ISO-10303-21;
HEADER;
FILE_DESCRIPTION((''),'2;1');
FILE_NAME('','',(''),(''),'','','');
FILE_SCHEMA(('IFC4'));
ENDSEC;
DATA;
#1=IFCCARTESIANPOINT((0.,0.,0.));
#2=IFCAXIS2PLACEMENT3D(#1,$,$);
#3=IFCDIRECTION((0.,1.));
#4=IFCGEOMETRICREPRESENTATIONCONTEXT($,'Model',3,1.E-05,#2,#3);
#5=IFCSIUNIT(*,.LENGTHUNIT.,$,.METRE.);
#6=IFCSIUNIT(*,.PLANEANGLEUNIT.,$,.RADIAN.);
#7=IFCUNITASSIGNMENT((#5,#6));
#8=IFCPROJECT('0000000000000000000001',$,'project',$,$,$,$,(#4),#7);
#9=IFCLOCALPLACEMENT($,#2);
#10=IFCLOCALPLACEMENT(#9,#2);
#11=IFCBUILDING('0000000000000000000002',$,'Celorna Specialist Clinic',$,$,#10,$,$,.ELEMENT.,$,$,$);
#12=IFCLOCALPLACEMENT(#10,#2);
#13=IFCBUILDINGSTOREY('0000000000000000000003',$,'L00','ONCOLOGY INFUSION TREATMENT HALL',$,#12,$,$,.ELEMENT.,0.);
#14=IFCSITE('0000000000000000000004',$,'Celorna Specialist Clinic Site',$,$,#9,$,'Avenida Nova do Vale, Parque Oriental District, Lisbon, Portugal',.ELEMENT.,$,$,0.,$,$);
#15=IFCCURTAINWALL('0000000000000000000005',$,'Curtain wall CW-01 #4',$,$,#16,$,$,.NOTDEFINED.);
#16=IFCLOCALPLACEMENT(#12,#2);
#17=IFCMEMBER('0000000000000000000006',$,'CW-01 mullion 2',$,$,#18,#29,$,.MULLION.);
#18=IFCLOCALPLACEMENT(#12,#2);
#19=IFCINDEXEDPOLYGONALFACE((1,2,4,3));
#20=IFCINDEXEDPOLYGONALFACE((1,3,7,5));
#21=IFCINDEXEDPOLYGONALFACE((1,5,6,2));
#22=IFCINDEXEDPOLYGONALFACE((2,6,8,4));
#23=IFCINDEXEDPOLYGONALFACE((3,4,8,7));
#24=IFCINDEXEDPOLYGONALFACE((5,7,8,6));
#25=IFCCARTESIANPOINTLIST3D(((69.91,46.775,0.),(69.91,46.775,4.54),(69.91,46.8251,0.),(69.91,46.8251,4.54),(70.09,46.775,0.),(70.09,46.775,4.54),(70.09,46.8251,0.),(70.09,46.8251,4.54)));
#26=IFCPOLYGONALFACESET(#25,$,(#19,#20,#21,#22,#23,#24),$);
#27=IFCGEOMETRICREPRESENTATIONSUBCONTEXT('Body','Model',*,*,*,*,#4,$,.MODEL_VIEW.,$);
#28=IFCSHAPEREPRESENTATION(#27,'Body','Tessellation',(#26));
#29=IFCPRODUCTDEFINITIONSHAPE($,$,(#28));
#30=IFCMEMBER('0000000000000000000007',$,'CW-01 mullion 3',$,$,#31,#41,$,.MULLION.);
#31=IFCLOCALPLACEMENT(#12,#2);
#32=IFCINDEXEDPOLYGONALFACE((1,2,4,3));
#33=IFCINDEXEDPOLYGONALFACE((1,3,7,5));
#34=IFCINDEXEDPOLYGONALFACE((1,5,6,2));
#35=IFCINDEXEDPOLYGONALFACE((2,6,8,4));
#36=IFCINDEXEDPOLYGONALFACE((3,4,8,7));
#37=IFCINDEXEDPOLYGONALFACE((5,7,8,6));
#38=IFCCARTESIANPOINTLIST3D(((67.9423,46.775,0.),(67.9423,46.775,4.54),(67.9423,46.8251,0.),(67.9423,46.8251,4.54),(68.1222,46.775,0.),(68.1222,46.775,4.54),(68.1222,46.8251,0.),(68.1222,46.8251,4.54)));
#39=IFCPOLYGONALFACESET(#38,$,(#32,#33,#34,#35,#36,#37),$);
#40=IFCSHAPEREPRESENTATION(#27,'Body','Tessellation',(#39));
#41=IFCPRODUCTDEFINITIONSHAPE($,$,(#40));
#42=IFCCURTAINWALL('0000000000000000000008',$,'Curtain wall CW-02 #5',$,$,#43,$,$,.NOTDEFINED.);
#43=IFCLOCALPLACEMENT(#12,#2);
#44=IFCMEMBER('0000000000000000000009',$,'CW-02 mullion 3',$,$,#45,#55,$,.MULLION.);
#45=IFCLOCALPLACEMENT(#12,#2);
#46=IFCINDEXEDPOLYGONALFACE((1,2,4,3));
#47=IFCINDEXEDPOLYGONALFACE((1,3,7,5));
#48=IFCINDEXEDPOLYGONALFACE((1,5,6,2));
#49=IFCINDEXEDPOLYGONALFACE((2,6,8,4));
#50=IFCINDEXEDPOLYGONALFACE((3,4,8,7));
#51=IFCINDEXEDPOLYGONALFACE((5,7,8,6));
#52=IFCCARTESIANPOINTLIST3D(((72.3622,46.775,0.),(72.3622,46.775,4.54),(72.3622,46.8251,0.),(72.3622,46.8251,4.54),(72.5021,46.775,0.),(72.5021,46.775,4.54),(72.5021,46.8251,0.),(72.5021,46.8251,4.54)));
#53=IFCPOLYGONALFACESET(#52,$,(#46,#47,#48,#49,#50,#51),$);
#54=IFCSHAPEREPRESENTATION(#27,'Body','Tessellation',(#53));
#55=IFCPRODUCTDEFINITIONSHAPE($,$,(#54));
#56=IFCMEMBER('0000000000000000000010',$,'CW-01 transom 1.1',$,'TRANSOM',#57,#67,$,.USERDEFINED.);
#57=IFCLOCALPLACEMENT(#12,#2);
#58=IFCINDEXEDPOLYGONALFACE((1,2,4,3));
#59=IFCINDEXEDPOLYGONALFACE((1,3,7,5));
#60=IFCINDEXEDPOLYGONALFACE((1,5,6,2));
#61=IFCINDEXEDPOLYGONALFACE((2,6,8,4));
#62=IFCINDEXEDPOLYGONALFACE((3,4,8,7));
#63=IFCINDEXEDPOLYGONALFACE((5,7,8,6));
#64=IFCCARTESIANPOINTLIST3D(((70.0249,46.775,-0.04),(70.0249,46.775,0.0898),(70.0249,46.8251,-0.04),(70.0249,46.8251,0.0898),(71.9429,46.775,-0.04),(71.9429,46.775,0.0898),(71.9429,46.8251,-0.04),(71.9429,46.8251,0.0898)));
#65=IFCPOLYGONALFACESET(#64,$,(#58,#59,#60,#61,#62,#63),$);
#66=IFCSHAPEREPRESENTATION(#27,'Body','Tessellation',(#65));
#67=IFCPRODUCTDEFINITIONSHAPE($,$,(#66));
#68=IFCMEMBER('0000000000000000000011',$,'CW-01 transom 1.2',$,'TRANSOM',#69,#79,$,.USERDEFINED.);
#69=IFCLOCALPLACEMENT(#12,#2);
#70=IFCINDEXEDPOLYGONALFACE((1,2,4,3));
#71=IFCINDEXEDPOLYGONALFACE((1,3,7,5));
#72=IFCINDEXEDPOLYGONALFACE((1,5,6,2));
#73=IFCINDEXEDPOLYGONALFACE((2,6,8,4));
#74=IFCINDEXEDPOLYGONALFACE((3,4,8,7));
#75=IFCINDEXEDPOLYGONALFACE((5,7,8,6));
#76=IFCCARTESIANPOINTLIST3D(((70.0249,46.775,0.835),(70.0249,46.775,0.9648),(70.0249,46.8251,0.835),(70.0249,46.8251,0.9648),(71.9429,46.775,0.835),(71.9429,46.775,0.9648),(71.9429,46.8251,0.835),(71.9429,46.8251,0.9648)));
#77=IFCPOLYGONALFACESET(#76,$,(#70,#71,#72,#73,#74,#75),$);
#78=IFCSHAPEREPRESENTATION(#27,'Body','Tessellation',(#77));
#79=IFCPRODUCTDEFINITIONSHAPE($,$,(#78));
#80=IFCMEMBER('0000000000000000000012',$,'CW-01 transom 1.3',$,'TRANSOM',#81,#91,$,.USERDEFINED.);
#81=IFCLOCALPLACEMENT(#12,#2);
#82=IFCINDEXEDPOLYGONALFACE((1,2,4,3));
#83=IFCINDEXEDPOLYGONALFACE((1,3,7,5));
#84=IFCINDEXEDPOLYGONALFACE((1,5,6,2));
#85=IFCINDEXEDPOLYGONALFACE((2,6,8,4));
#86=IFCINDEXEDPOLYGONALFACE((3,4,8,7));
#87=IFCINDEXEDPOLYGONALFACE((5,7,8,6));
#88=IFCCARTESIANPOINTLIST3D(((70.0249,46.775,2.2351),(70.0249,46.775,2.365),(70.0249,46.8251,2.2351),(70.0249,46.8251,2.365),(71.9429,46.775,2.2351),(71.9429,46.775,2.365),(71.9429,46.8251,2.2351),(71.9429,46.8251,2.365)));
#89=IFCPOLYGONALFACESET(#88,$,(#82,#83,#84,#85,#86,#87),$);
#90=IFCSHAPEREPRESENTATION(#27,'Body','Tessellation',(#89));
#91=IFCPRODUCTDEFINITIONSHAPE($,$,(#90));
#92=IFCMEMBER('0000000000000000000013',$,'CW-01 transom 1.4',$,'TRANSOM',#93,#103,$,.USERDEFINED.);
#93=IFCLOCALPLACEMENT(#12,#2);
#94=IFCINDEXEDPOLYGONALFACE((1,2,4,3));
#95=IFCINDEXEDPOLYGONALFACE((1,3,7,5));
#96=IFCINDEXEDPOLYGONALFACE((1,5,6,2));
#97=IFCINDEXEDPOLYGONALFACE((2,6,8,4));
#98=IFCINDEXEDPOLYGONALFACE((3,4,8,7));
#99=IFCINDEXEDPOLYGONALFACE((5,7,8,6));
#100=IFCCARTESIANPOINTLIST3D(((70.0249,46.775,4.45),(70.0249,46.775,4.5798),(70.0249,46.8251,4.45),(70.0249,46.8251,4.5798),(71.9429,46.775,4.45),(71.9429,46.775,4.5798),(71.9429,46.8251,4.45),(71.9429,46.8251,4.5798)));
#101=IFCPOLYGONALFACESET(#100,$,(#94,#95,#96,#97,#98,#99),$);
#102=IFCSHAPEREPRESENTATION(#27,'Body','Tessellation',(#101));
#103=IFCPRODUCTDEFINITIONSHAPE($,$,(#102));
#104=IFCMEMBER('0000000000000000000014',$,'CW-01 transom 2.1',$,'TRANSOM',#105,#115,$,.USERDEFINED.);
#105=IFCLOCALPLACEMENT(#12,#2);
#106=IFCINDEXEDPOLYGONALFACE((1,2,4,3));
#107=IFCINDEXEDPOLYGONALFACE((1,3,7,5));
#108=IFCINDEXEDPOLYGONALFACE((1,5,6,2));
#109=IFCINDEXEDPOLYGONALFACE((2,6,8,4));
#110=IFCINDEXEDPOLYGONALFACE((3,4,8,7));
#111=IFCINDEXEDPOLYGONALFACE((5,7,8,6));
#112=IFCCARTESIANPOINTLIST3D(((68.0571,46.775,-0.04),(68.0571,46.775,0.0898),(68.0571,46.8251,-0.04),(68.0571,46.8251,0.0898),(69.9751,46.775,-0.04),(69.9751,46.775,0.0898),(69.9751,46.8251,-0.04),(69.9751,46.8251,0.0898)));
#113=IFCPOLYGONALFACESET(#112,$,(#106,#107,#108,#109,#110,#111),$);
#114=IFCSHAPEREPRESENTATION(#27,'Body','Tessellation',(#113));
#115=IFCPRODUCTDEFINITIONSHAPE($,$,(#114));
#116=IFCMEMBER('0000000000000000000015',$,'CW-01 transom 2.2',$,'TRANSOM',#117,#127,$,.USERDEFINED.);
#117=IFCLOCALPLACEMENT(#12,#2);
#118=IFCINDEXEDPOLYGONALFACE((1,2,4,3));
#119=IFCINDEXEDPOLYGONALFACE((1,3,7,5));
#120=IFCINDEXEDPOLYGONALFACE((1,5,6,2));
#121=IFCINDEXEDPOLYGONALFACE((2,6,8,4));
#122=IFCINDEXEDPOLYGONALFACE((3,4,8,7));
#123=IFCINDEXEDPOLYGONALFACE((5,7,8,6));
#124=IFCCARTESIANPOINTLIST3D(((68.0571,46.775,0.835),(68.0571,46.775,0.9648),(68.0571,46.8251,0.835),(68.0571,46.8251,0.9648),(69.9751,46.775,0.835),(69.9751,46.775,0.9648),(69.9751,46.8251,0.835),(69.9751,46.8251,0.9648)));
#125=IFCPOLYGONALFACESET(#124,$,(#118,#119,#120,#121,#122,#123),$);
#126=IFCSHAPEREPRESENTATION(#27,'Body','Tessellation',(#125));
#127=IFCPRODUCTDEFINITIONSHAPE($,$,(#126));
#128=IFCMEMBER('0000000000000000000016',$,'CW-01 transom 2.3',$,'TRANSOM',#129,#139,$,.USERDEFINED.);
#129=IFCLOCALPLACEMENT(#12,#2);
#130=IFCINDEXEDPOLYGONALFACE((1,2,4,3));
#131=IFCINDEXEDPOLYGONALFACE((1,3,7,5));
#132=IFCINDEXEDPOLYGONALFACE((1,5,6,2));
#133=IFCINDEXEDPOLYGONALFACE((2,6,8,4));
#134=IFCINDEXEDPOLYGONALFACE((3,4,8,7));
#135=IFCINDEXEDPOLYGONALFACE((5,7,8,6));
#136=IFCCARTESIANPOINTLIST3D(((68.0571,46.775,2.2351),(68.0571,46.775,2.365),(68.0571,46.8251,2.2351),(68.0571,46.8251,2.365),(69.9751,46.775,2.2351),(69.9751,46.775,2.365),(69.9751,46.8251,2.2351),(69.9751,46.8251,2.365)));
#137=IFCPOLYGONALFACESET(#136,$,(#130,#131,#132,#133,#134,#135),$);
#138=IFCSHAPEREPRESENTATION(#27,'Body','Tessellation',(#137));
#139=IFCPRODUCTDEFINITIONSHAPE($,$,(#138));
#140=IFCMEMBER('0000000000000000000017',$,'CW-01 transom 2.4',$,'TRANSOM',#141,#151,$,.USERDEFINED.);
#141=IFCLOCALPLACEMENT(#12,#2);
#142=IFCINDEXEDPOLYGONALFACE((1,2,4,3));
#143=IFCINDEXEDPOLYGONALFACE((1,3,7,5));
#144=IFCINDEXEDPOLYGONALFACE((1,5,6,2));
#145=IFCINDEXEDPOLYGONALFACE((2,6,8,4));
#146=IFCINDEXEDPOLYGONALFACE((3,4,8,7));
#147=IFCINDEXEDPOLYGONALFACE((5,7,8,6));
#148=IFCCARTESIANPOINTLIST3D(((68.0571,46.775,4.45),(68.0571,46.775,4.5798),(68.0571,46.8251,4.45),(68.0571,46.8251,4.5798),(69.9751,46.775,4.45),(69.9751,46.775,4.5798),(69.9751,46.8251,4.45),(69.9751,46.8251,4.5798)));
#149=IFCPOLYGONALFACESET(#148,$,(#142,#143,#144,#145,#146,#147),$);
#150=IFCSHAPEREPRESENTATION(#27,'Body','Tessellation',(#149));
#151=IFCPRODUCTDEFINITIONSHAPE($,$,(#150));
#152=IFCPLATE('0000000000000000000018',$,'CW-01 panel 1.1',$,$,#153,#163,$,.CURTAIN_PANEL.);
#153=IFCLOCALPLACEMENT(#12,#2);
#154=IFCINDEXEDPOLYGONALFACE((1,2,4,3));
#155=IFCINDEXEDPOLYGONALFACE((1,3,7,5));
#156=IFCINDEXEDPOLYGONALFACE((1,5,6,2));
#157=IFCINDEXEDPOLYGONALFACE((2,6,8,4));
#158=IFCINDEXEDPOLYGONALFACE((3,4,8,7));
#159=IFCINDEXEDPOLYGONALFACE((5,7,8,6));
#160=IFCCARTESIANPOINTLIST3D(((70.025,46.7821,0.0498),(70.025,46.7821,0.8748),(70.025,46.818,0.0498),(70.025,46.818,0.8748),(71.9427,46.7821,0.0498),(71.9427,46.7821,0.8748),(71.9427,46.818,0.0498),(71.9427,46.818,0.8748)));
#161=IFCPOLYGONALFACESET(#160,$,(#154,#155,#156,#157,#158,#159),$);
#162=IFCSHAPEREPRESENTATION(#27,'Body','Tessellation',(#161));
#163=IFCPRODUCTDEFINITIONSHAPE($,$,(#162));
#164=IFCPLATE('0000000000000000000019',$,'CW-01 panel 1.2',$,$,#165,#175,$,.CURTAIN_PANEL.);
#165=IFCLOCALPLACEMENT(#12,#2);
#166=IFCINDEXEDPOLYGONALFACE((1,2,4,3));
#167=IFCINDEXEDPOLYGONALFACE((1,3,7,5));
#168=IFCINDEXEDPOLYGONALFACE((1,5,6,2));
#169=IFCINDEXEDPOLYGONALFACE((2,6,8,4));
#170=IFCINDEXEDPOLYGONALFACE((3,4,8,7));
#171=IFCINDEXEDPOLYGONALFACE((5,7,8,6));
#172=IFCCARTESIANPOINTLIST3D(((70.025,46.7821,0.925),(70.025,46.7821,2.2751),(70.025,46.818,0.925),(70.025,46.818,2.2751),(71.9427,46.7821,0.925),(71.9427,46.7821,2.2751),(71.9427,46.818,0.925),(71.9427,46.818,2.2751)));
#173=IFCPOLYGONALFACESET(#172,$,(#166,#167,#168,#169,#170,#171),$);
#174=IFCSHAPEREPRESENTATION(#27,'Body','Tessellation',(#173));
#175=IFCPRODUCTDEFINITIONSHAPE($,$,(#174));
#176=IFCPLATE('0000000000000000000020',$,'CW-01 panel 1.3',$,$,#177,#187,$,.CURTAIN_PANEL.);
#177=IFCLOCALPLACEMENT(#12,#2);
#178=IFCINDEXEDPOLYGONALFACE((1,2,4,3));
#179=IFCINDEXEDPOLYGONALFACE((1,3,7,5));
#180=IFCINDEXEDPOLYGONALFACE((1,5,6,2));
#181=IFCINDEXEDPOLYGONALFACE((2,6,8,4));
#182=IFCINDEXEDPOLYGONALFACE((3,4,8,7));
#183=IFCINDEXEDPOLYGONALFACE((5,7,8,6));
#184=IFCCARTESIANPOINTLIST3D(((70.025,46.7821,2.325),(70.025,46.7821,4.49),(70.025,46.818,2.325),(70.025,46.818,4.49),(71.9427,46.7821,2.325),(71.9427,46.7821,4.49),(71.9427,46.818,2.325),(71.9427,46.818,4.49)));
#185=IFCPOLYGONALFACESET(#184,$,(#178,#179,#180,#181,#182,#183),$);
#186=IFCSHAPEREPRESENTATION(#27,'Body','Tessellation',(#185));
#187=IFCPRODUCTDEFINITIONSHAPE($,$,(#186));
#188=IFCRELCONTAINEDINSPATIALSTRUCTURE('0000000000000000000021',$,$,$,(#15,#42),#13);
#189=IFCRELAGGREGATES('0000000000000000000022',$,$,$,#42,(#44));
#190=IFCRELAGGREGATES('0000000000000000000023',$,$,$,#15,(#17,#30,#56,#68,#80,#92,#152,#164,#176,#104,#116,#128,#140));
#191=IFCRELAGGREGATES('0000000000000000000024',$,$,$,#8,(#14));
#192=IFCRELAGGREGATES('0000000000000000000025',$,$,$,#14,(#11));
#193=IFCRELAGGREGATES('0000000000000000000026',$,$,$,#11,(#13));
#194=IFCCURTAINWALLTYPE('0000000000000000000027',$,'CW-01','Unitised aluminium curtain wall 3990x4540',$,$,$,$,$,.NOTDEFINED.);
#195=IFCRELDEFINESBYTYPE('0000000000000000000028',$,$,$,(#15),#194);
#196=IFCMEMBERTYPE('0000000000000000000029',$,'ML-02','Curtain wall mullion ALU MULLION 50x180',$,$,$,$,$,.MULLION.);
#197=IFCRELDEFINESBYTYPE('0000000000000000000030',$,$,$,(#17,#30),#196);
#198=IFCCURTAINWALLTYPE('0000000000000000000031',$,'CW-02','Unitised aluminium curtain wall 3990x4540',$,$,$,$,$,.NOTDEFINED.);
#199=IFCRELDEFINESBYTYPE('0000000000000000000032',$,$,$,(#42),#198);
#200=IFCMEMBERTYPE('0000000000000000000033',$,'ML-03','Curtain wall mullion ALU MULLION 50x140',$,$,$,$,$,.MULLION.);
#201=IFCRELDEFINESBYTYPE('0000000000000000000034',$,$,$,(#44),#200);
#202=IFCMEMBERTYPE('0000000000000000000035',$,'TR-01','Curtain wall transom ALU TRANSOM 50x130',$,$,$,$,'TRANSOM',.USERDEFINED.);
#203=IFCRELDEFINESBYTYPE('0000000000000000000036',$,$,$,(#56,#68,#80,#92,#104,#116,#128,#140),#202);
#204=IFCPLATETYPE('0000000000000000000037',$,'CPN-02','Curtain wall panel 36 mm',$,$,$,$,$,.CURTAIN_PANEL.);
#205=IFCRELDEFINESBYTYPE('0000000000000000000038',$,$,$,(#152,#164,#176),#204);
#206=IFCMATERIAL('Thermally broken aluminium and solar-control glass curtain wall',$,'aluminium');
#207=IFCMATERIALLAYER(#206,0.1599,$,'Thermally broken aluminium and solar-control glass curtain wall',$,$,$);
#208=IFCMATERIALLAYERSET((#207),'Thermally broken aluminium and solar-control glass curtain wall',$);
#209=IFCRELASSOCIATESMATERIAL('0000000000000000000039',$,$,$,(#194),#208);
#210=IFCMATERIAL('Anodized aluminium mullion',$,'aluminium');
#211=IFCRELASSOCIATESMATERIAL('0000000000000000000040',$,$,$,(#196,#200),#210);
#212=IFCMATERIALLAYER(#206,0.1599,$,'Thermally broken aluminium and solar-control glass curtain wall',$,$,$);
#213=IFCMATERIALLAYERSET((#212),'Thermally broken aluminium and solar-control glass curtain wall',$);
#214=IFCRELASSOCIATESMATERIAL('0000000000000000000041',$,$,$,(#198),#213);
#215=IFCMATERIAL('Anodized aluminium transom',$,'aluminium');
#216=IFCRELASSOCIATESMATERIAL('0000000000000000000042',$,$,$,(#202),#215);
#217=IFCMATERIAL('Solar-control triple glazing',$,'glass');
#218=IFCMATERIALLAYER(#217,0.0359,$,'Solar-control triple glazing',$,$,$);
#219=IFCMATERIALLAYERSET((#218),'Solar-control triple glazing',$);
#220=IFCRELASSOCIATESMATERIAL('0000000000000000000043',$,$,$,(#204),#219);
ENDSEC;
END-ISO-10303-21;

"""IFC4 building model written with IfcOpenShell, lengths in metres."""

from ifc_helpers import new_model, si_unit, direction, frame, origin, origin_2d, place, context, subcontext, project, spatial, rectangle, extrude, material, layer, layer_set, material_profile, profile_set, type_object, element, aggregate, save


model = new_model("IFC4")

# Units and contexts
model_context = context("Model", 3, precision=1e-05, world=origin(), true_north=direction((0.0, 1.0)))
body_context = subcontext(model_context, "Body", "Model", "MODEL_VIEW")
ifc_project = project(units=[si_unit("LENGTHUNIT", "METRE"), si_unit("PLANEANGLEUNIT", "RADIAN")], contexts=[model_context])

# Site, building, storey
site_placement = place(None, origin())
site = spatial("IfcSite", under=ifc_project, at=site_placement, Name="Celorna Specialist Clinic Site", LongName="Avenida Nova do Vale, Parque Oriental District, Lisbon, Portugal", CompositionType="ELEMENT", RefElevation=0.0)
building_placement = place(site_placement, origin())
building = spatial("IfcBuilding", under=site, at=building_placement, Name="Celorna Specialist Clinic", CompositionType="ELEMENT")
storey_placement = place(building_placement, origin())
storey = spatial("IfcBuildingStorey", under=building, at=storey_placement, Name="L00", Description="ONCOLOGY INFUSION TREATMENT HALL", CompositionType="ELEMENT", Elevation=0.0)

# Curtain wall, members
ifc_material_1 = material(Name="Thermally broken aluminium and solar-control glass curtain wall", Category="aluminium")
ifc_layer_1 = layer(ifc_material_1, 0.1599, Name="Thermally broken aluminium and solar-control glass curtain wall")
ifc_layer_set_1 = layer_set([ifc_layer_1], Name="Thermally broken aluminium and solar-control glass curtain wall")
curtain_wall_type_1 = type_object("IfcCurtainWallType", Name="CW-01", Description="Unitised aluminium curtain wall 3990x4540", PredefinedType="NOTDEFINED", material=ifc_layer_set_1)
curtain_wall_1_placement = place(storey_placement, origin())
curtain_wall_1 = element("IfcCurtainWall", 1, at=curtain_wall_1_placement, inside=storey, type_object=curtain_wall_type_1, Name="Curtain wall CW-01 #4", PredefinedType="NOTDEFINED")
ifc_material_2 = material(Name="Anodized aluminium mullion", Category="aluminium")
ifc_material_profile_1 = material_profile(ifc_material_2, rectangle(XDim=0.05, YDim=0.1799, at=origin_2d()), Name="ALU MULLION 50x180")
ifc_profile_set_1 = profile_set([ifc_material_profile_1], Name="Anodized aluminium mullion")
member_type_1 = type_object("IfcMemberType", Name="ML-02", Description="Curtain wall mullion ALU MULLION 50x180", PredefinedType="MULLION", material=ifc_profile_set_1)
member_1_placement = place(storey_placement, frame((70.0, 46.8, 0.0), z_axis=(0.0, 0.0, 1.0), x_axis=(0.0, -1.0, 0.0)))
member_1 = element("IfcMember", 2, at=member_1_placement, type_object=member_type_1, Name="CW-01 mullion 2", PredefinedType="MULLION", context=body_context, shape_type="SweptSolid", body=[
    extrude(rectangle(XDim=0.05, YDim=0.1799, at=origin_2d()), origin(), (0.0, 0.0, 1.0), 4.54),
])
member_2_placement = place(storey_placement, frame((68.0322, 46.8, 0.0), z_axis=(0.0, 0.0, 1.0), x_axis=(0.0, -1.0, 0.0)))
member_2 = element("IfcMember", 3, at=member_2_placement, type_object=member_type_1, Name="CW-01 mullion 3", PredefinedType="MULLION", context=body_context, shape_type="SweptSolid", body=[
    extrude(rectangle(XDim=0.05, YDim=0.1799, at=origin_2d()), origin(), (0.0, 0.0, 1.0), 4.54),
])

# Curtain wall, member
ifc_layer_2 = layer(ifc_material_1, 0.1599, Name="Thermally broken aluminium and solar-control glass curtain wall")
ifc_layer_set_2 = layer_set([ifc_layer_2], Name="Thermally broken aluminium and solar-control glass curtain wall")
curtain_wall_type_2 = type_object("IfcCurtainWallType", Name="CW-02", Description="Unitised aluminium curtain wall 3990x4540", PredefinedType="NOTDEFINED", material=ifc_layer_set_2)
curtain_wall_2_placement = place(storey_placement, origin())
curtain_wall_2 = element("IfcCurtainWall", 4, at=curtain_wall_2_placement, inside=storey, type_object=curtain_wall_type_2, Name="Curtain wall CW-02 #5", PredefinedType="NOTDEFINED")
ifc_material_profile_2 = material_profile(ifc_material_2, rectangle(XDim=0.05, YDim=0.1399, at=origin_2d()), Name="ALU MULLION 50x140")
ifc_profile_set_2 = profile_set([ifc_material_profile_2], Name="Anodized aluminium mullion")
member_type_2 = type_object("IfcMemberType", Name="ML-03", Description="Curtain wall mullion ALU MULLION 50x140", PredefinedType="MULLION", material=ifc_profile_set_2)
member_3_placement = place(storey_placement, frame((72.4321, 46.8, 0.0), z_axis=(0.0, 0.0, 1.0), x_axis=(0.0, -1.0, 0.0)))
member_3 = element("IfcMember", 5, at=member_3_placement, type_object=member_type_2, Name="CW-02 mullion 3", PredefinedType="MULLION", context=body_context, shape_type="SweptSolid", body=[
    extrude(rectangle(XDim=0.05, YDim=0.1399, at=origin_2d()), origin(), (0.0, 0.0, 1.0), 4.54),
])
aggregate(curtain_wall_2, [member_3])

# Members
ifc_material_3 = material(Name="Anodized aluminium transom", Category="aluminium")
ifc_material_profile_3 = material_profile(ifc_material_3, rectangle(XDim=0.05, YDim=0.1299, at=origin_2d()), Name="ALU TRANSOM 50x130")
ifc_profile_set_3 = profile_set([ifc_material_profile_3], Name="Anodized aluminium transom")
member_type_3 = type_object("IfcMemberType", Name="TR-01", Description="Curtain wall transom ALU TRANSOM 50x130", ElementType="TRANSOM", PredefinedType="USERDEFINED", material=ifc_profile_set_3)
member_4_placement = place(storey_placement, frame((71.9429, 46.8, 0.0249), z_axis=(-1.0, 0.0, 0.0), x_axis=(0.0, -1.0, 0.0)))
member_4 = element("IfcMember", 6, at=member_4_placement, type_object=member_type_3, Name="CW-01 transom 1.1", ObjectType="TRANSOM", PredefinedType="USERDEFINED", context=body_context, shape_type="SweptSolid", body=[
    extrude(rectangle(XDim=0.05, YDim=0.1299, at=origin_2d()), origin(), (0.0, 0.0, 1.0), 1.918),
])
member_5_placement = place(storey_placement, frame((71.9429, 46.8, 0.8999), z_axis=(-1.0, 0.0, 0.0), x_axis=(0.0, -1.0, 0.0)))
member_5 = element("IfcMember", 7, at=member_5_placement, type_object=member_type_3, Name="CW-01 transom 1.2", ObjectType="TRANSOM", PredefinedType="USERDEFINED", context=body_context, shape_type="SweptSolid", body=[
    extrude(rectangle(XDim=0.05, YDim=0.1299, at=origin_2d()), origin(), (0.0, 0.0, 1.0), 1.918),
])
member_6_placement = place(storey_placement, frame((71.9429, 46.8, 2.3), z_axis=(-1.0, 0.0, 0.0), x_axis=(0.0, -1.0, 0.0)))
member_6 = element("IfcMember", 8, at=member_6_placement, type_object=member_type_3, Name="CW-01 transom 1.3", ObjectType="TRANSOM", PredefinedType="USERDEFINED", context=body_context, shape_type="SweptSolid", body=[
    extrude(rectangle(XDim=0.05, YDim=0.1299, at=origin_2d()), origin(), (0.0, 0.0, 1.0), 1.918),
])
member_7_placement = place(storey_placement, frame((71.9429, 46.8, 4.5149), z_axis=(-1.0, 0.0, 0.0), x_axis=(0.0, -1.0, 0.0)))
member_7 = element("IfcMember", 9, at=member_7_placement, type_object=member_type_3, Name="CW-01 transom 1.4", ObjectType="TRANSOM", PredefinedType="USERDEFINED", context=body_context, shape_type="SweptSolid", body=[
    extrude(rectangle(XDim=0.05, YDim=0.1299, at=origin_2d()), origin(), (0.0, 0.0, 1.0), 1.918),
])
member_8_placement = place(storey_placement, frame((69.9751, 46.8, 0.0249), z_axis=(-1.0, 0.0, 0.0), x_axis=(0.0, -1.0, 0.0)))
member_8 = element("IfcMember", 10, at=member_8_placement, type_object=member_type_3, Name="CW-01 transom 2.1", ObjectType="TRANSOM", PredefinedType="USERDEFINED", context=body_context, shape_type="SweptSolid", body=[
    extrude(rectangle(XDim=0.05, YDim=0.1299, at=origin_2d()), origin(), (0.0, 0.0, 1.0), 1.918),
])
member_9_placement = place(storey_placement, frame((69.9751, 46.8, 0.8999), z_axis=(-1.0, 0.0, 0.0), x_axis=(0.0, -1.0, 0.0)))
member_9 = element("IfcMember", 11, at=member_9_placement, type_object=member_type_3, Name="CW-01 transom 2.2", ObjectType="TRANSOM", PredefinedType="USERDEFINED", context=body_context, shape_type="SweptSolid", body=[
    extrude(rectangle(XDim=0.05, YDim=0.1299, at=origin_2d()), origin(), (0.0, 0.0, 1.0), 1.918),
])
member_10_placement = place(storey_placement, frame((69.9751, 46.8, 2.3), z_axis=(-1.0, 0.0, 0.0), x_axis=(0.0, -1.0, 0.0)))
member_10 = element("IfcMember", 12, at=member_10_placement, type_object=member_type_3, Name="CW-01 transom 2.3", ObjectType="TRANSOM", PredefinedType="USERDEFINED", context=body_context, shape_type="SweptSolid", body=[
    extrude(rectangle(XDim=0.05, YDim=0.1299, at=origin_2d()), origin(), (0.0, 0.0, 1.0), 1.918),
])
member_11_placement = place(storey_placement, frame((69.9751, 46.8, 4.5149), z_axis=(-1.0, 0.0, 0.0), x_axis=(0.0, -1.0, 0.0)))
member_11 = element("IfcMember", 13, at=member_11_placement, type_object=member_type_3, Name="CW-01 transom 2.4", ObjectType="TRANSOM", PredefinedType="USERDEFINED", context=body_context, shape_type="SweptSolid", body=[
    extrude(rectangle(XDim=0.05, YDim=0.1299, at=origin_2d()), origin(), (0.0, 0.0, 1.0), 1.918),
])

# Plates
ifc_material_4 = material(Name="Solar-control triple glazing", Category="glass")
ifc_layer_3 = layer(ifc_material_4, 0.0359, Name="Solar-control triple glazing")
ifc_layer_set_3 = layer_set([ifc_layer_3], Name="Solar-control triple glazing")
plate_type = type_object("IfcPlateType", Name="CPN-02", Description="Curtain wall panel 36 mm", PredefinedType="CURTAIN_PANEL", material=ifc_layer_set_3)
plate_1_placement = place(storey_placement, frame((70.9839, 46.8, 0.0498), z_axis=(0.0, 0.0, 1.0), x_axis=(-1.0, 0.0, 0.0)))
plate_1 = element("IfcPlate", 14, at=plate_1_placement, type_object=plate_type, Name="CW-01 panel 1.1", PredefinedType="CURTAIN_PANEL", context=body_context, shape_type="SweptSolid", body=[
    extrude(rectangle(XDim=1.9177, YDim=0.0359, at=origin_2d()), origin(), (0.0, 0.0, 1.0), 0.825),
])
plate_2_placement = place(storey_placement, frame((70.9839, 46.8, 0.925), z_axis=(0.0, 0.0, 1.0), x_axis=(-1.0, 0.0, 0.0)))
plate_2 = element("IfcPlate", 15, at=plate_2_placement, type_object=plate_type, Name="CW-01 panel 1.2", PredefinedType="CURTAIN_PANEL", context=body_context, shape_type="SweptSolid", body=[
    extrude(rectangle(XDim=1.9177, YDim=0.0359, at=origin_2d()), origin(), (0.0, 0.0, 1.0), 1.3501),
])
plate_3_placement = place(storey_placement, frame((70.9839, 46.8, 2.325), z_axis=(0.0, 0.0, 1.0), x_axis=(-1.0, 0.0, 0.0)))
plate_3 = element("IfcPlate", 16, at=plate_3_placement, type_object=plate_type, Name="CW-01 panel 1.3", PredefinedType="CURTAIN_PANEL", context=body_context, shape_type="SweptSolid", body=[
    extrude(rectangle(XDim=1.9177, YDim=0.0359, at=origin_2d()), origin(), (0.0, 0.0, 1.0), 2.165),
])
aggregate(curtain_wall_1, [member_1, member_2, member_4, member_5, member_6, member_7, plate_1, plate_2, plate_3, member_8, member_9, member_10, member_11])

save(model, "model.ifc")
